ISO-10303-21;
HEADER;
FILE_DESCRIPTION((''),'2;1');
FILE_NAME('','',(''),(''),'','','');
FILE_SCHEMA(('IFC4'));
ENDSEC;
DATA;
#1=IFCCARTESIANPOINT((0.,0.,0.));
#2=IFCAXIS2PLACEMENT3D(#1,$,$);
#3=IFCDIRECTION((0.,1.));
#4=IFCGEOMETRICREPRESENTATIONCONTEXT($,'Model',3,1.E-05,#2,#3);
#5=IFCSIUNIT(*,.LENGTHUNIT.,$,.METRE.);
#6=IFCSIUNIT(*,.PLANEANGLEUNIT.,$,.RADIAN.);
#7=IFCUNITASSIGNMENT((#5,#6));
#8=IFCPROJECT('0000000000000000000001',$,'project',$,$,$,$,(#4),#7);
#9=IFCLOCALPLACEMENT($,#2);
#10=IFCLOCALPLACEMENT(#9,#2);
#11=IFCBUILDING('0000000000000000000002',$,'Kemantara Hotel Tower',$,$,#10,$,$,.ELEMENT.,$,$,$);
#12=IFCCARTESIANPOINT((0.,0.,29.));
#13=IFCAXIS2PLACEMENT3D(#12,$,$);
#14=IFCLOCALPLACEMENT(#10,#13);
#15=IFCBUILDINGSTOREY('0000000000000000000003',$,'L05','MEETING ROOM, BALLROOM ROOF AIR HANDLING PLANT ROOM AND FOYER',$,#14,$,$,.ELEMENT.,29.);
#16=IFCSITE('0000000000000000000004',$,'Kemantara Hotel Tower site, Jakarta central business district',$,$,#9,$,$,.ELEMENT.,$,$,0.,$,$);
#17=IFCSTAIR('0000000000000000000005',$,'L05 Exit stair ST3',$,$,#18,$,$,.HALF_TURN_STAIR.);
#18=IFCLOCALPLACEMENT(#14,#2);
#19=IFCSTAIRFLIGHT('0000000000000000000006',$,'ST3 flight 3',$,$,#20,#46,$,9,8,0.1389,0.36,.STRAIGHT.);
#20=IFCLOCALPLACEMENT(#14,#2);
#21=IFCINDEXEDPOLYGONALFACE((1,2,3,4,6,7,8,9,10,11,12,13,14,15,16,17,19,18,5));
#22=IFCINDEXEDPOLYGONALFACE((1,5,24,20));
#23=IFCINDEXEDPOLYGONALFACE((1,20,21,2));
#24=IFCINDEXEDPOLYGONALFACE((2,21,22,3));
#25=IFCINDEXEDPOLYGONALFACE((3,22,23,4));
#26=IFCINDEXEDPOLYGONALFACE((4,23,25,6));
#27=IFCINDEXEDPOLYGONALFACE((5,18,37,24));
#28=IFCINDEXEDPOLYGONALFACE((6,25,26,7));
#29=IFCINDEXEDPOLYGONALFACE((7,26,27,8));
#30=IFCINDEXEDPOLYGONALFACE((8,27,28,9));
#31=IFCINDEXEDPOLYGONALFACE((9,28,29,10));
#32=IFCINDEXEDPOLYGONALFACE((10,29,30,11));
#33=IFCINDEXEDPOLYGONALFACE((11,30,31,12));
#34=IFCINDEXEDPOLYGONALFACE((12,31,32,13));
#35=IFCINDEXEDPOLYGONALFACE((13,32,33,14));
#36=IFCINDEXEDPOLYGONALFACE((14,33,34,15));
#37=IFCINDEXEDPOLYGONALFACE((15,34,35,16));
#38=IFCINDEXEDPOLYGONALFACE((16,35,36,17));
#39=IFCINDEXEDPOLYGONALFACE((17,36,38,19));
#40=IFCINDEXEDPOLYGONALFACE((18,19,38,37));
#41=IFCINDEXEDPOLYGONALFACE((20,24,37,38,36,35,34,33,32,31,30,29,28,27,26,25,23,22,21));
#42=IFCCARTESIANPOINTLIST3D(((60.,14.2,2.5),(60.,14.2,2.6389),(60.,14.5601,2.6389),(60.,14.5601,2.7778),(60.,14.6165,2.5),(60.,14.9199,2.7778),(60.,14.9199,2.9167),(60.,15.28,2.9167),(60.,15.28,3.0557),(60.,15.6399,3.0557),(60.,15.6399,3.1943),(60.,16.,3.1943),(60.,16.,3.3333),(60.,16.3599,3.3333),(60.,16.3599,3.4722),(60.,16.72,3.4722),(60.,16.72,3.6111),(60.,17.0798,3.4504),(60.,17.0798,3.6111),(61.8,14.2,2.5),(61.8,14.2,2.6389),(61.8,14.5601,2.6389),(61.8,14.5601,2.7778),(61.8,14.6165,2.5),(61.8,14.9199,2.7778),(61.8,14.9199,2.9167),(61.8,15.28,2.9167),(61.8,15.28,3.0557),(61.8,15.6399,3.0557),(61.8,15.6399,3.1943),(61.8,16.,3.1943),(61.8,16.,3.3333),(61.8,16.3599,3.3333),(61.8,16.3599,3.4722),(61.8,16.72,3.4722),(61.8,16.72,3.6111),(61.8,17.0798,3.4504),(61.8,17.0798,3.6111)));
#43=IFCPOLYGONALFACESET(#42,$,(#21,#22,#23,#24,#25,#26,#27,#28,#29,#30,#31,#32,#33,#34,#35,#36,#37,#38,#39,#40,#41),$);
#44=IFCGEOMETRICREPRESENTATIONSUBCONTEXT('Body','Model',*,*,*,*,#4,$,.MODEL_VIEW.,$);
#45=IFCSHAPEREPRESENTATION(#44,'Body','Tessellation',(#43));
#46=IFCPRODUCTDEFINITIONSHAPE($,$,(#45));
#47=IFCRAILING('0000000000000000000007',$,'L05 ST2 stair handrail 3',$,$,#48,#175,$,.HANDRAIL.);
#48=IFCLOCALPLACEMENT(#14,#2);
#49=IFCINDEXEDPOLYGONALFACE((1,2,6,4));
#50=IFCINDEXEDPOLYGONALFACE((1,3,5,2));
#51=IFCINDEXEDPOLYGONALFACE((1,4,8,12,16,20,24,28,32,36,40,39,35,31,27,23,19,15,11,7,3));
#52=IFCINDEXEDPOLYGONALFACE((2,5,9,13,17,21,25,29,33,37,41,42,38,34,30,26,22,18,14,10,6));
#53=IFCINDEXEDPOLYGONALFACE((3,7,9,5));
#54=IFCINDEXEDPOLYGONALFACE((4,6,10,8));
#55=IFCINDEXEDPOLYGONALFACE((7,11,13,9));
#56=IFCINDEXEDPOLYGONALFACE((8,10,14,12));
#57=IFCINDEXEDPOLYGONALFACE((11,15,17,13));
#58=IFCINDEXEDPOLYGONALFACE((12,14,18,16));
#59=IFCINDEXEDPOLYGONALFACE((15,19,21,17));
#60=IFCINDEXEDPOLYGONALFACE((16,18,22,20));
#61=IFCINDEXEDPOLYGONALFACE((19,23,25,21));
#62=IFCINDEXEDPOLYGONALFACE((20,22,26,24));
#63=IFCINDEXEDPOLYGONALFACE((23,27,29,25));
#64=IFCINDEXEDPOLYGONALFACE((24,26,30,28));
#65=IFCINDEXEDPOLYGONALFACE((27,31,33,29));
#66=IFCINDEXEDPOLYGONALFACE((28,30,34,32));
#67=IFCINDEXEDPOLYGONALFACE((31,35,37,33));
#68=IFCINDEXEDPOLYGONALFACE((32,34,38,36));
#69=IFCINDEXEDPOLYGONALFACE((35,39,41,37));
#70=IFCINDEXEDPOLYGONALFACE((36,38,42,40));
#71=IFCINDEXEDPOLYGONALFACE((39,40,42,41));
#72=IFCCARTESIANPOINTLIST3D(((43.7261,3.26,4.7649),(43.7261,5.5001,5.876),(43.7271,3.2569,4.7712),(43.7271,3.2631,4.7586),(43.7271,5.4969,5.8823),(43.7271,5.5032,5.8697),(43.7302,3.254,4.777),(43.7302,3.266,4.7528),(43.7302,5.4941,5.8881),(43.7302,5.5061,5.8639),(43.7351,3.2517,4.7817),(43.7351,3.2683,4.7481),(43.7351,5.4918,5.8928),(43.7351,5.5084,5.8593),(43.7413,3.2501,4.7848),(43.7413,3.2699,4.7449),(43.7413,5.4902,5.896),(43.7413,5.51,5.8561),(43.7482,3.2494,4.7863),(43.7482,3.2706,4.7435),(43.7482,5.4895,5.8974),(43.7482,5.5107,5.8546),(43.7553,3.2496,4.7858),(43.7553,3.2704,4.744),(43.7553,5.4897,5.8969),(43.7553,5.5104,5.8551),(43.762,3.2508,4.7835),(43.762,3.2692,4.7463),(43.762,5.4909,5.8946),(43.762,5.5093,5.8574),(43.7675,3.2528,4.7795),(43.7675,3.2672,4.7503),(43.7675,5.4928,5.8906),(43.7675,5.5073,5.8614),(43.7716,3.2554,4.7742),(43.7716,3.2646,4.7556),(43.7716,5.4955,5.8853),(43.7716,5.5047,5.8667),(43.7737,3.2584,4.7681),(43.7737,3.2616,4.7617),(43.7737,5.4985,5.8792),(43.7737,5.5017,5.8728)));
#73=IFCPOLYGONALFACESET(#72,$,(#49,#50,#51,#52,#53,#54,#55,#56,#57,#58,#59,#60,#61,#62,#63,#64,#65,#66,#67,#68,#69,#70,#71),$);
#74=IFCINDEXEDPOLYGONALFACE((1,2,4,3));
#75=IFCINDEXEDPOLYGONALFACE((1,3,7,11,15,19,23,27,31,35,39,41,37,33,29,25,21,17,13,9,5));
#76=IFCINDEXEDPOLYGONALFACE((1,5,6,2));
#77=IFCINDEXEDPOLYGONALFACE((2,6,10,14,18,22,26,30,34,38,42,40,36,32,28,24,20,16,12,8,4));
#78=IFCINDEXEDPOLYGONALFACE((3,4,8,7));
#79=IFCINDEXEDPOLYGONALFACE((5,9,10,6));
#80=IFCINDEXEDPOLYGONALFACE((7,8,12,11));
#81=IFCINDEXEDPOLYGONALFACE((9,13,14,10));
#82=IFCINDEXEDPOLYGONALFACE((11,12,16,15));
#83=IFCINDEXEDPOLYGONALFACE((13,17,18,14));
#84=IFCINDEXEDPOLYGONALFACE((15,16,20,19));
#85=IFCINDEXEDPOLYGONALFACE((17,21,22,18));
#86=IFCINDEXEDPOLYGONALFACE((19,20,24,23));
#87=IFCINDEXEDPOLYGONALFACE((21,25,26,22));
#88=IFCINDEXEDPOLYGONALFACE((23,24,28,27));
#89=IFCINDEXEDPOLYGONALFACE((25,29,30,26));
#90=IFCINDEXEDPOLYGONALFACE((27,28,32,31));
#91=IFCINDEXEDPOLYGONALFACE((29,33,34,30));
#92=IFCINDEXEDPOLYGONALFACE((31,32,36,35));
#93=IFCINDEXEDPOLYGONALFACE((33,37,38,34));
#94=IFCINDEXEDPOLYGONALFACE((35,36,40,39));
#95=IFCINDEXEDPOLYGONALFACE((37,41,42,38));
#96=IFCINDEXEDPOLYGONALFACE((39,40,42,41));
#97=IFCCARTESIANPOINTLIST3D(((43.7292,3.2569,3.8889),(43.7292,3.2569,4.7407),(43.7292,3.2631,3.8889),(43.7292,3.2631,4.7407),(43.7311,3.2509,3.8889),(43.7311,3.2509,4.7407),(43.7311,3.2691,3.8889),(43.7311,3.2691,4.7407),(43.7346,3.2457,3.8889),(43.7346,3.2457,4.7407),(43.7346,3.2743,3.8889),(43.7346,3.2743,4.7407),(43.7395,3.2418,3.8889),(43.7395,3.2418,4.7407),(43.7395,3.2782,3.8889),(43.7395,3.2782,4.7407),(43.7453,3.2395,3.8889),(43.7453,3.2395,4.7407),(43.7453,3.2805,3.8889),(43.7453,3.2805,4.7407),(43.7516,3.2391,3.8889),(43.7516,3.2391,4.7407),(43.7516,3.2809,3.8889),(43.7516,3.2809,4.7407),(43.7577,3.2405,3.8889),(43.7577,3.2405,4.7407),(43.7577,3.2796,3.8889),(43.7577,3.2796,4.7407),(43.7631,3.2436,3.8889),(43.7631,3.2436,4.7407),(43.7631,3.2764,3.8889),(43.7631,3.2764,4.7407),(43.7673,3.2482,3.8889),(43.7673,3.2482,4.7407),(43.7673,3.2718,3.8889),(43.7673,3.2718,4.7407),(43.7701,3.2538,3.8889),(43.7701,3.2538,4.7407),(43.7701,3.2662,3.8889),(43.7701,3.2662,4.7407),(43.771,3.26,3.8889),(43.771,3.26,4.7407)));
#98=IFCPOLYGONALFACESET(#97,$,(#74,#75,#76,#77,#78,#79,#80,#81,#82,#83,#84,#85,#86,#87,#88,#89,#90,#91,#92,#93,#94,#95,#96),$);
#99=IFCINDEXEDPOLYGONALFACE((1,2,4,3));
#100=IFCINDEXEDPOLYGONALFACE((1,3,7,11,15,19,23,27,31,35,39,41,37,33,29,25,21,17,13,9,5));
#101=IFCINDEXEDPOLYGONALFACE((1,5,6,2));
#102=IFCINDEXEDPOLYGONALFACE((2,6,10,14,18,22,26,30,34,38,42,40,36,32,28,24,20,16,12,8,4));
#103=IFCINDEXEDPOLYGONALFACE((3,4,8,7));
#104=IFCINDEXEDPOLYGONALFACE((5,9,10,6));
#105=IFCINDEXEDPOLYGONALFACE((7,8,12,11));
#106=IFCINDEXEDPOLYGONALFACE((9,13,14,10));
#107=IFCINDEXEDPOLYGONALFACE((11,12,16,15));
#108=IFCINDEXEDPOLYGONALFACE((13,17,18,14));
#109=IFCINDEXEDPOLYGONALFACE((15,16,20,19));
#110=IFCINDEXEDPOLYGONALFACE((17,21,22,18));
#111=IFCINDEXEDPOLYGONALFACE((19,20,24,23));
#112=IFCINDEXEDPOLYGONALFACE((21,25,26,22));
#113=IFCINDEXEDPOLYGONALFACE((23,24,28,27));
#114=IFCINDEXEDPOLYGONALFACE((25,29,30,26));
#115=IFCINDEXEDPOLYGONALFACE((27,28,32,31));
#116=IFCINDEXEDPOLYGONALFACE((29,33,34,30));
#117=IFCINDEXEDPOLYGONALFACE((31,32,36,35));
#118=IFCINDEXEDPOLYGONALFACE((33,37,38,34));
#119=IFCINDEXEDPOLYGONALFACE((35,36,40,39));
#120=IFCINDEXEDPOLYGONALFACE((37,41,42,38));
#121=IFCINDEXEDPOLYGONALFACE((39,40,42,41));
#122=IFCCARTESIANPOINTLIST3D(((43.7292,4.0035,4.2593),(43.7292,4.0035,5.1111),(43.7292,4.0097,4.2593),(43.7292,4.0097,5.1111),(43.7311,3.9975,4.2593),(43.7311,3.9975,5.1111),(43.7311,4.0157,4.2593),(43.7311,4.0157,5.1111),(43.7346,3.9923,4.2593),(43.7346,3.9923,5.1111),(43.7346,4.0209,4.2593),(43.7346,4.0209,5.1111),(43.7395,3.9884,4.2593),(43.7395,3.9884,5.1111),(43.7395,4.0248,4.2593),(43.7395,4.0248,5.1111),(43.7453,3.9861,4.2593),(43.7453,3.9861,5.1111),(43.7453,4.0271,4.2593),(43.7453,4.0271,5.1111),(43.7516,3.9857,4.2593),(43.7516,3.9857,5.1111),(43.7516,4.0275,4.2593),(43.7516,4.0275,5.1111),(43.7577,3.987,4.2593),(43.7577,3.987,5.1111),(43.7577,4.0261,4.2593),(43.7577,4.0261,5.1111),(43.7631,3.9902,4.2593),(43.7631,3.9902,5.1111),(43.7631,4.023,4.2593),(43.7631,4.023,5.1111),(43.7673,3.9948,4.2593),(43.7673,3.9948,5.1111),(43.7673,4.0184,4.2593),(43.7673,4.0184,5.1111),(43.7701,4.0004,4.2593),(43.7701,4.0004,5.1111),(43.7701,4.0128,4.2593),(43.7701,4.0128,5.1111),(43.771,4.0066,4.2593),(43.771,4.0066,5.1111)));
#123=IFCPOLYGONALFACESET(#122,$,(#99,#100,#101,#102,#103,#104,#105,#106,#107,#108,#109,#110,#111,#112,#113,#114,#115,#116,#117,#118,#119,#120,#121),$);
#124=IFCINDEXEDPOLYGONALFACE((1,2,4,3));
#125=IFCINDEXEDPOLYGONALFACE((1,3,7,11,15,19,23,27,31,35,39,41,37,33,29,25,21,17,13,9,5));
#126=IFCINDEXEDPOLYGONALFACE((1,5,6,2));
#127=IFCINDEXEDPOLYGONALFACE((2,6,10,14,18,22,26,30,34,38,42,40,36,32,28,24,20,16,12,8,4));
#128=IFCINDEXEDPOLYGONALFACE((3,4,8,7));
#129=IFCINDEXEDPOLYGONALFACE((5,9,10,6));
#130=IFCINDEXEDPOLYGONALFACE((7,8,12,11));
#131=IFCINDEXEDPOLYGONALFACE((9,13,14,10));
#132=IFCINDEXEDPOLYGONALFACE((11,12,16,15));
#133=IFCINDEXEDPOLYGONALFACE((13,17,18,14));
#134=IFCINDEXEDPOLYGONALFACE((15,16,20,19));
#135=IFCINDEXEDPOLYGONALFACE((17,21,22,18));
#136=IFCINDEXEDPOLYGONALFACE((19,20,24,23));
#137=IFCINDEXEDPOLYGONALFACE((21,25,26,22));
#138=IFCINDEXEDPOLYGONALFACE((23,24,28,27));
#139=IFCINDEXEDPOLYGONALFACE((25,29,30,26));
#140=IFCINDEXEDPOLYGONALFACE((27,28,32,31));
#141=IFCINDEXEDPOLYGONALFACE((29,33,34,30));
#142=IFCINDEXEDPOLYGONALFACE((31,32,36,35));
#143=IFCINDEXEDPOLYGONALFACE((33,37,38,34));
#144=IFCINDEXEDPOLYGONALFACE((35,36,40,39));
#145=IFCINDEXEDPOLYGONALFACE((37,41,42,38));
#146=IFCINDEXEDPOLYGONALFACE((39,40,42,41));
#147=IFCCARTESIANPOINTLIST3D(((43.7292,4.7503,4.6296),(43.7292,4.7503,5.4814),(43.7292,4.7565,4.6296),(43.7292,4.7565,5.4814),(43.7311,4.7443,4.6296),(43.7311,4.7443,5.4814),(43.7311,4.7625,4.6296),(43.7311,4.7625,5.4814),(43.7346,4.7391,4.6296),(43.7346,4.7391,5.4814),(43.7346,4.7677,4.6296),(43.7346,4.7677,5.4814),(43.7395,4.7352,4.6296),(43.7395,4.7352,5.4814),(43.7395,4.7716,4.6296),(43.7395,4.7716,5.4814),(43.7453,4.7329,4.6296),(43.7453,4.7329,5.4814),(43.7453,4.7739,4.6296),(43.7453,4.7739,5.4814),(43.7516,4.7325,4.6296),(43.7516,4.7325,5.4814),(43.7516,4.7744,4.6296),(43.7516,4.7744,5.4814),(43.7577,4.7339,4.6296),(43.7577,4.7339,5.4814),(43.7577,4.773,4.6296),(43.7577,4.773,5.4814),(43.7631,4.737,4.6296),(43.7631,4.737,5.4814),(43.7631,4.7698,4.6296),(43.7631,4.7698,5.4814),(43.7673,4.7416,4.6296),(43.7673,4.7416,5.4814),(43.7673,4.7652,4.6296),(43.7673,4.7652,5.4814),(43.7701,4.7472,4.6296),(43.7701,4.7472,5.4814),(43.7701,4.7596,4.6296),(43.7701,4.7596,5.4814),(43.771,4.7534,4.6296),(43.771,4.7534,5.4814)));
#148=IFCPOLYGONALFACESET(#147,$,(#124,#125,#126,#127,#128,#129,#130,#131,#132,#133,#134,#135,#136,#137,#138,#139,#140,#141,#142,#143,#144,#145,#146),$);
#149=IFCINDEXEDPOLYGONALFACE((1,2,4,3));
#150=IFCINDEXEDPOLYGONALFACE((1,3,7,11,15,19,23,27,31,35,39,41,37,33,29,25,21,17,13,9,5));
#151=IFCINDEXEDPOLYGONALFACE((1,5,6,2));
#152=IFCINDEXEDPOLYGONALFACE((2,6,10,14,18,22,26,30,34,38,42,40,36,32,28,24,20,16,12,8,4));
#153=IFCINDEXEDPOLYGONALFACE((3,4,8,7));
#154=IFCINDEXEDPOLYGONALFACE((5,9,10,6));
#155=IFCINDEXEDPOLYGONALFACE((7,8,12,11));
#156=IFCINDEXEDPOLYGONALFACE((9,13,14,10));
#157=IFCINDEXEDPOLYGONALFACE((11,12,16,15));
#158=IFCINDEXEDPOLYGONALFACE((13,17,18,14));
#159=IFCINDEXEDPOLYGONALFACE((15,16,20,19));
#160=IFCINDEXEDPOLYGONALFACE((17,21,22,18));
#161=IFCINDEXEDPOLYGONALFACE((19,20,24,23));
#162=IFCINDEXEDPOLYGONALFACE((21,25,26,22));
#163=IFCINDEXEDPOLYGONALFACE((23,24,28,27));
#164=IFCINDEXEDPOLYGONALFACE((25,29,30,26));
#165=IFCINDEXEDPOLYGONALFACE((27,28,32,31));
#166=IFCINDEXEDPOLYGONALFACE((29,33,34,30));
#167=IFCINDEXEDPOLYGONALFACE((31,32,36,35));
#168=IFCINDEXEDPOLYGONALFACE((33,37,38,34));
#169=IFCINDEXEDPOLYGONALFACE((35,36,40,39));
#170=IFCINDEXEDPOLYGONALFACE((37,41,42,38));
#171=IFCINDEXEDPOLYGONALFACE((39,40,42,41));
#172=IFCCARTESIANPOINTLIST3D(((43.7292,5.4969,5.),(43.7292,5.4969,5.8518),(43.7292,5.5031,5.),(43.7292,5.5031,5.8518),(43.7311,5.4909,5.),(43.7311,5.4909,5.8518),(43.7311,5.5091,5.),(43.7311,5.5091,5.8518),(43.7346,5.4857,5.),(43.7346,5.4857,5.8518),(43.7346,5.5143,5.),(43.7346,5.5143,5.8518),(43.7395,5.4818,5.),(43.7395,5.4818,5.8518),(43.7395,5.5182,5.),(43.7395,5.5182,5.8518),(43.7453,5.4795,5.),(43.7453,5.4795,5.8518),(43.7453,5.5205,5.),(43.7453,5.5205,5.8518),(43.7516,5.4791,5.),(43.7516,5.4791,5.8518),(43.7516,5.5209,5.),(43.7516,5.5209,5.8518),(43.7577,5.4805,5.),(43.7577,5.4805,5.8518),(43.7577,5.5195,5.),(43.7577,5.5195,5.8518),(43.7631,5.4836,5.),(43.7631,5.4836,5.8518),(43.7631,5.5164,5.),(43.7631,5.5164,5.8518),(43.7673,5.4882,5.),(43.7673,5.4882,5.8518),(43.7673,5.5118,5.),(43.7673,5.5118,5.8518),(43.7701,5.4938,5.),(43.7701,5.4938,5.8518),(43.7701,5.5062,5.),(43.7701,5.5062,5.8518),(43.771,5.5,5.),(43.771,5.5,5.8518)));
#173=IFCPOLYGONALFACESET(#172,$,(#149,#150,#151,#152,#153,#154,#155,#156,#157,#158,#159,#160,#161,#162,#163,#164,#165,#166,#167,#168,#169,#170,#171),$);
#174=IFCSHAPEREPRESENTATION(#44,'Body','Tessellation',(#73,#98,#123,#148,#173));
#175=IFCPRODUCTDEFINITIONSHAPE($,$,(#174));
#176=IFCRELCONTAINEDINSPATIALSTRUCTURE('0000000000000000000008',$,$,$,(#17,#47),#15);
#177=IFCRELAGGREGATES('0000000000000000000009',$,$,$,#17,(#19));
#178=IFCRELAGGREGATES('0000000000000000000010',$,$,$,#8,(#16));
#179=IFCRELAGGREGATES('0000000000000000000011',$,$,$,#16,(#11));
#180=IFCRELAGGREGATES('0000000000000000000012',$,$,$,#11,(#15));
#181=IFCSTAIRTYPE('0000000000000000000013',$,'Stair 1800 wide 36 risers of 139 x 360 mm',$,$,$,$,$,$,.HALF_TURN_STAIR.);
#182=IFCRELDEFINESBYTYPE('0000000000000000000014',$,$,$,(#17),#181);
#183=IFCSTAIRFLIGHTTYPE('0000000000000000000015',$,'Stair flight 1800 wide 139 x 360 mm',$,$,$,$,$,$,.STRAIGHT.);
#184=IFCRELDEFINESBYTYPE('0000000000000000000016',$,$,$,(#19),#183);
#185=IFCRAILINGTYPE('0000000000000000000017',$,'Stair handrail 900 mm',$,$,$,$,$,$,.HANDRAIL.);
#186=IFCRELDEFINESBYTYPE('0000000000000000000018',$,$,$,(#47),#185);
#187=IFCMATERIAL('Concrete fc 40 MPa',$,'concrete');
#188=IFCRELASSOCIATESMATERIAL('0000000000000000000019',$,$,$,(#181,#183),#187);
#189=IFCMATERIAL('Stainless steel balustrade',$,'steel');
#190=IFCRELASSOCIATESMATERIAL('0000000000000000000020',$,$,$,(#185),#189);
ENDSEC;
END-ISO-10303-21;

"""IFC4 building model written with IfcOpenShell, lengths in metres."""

from ifc_helpers import new_model, si_unit, direction, frame, origin, origin_2d, place, context, subcontext, project, spatial, polyline, circle, outline, extrude, material, type_object, element, aggregate, save


model = new_model("IFC4")

# Units and contexts
model_context = context("Model", 3, precision=1e-05, world=origin(), true_north=direction((0.0, 1.0)))
body_context = subcontext(model_context, "Body", "Model", "MODEL_VIEW")
ifc_project = project(units=[si_unit("LENGTHUNIT", "METRE"), si_unit("PLANEANGLEUNIT", "RADIAN")], contexts=[model_context])

# Site, building, storey
site_placement = place(None, origin())
site = spatial("IfcSite", under=ifc_project, at=site_placement, Name="Kemantara Hotel Tower site, Jakarta central business district", CompositionType="ELEMENT", RefElevation=0.0)
building_placement = place(site_placement, origin())
building = spatial("IfcBuilding", under=site, at=building_placement, Name="Kemantara Hotel Tower", CompositionType="ELEMENT")
storey_placement = place(building_placement, frame((0.0, 0.0, 29.0)))
storey = spatial("IfcBuildingStorey", under=building, at=storey_placement, Name="L05", Description="MEETING ROOM, BALLROOM ROOF AIR HANDLING PLANT ROOM AND FOYER", CompositionType="ELEMENT", Elevation=29.0)

# Shared definitions
ifc_material_1 = material(Name="Concrete fc 40 MPa", Category="concrete")

# Stair, stair flight
stair_type_1 = type_object("IfcStairType", Name="Stair 1800 wide 36 risers of 139 x 360 mm", PredefinedType="HALF_TURN_STAIR", material=ifc_material_1)
stair_1_placement = place(storey_placement, origin())
stair_1 = element("IfcStair", 1, at=stair_1_placement, inside=storey, type_object=stair_type_1, Name="L05 Exit stair ST3", PredefinedType="HALF_TURN_STAIR")
stair_flight_type_1 = type_object("IfcStairFlightType", Name="Stair flight 1800 wide 139 x 360 mm", PredefinedType="STRAIGHT", material=ifc_material_1)
stair_flight_1_placement = place(storey_placement, frame((60.8999, 14.2, 2.5), z_axis=(0.0, 0.0, 1.0), x_axis=(0.0, 1.0, 0.0)))
stair_flight_1 = element("IfcStairFlight", 2, at=stair_flight_1_placement, type_object=stair_flight_type_1, Name="ST3 flight 3", NumberOfRisers=9, NumberOfTreads=8, PredefinedType="STRAIGHT", RiserHeight=0.1389, TreadLength=0.36, context=body_context, shape_type="SweptSolid", body=[
    extrude(outline(polyline([(0.0, 0.0), (0.0, 0.1389), (0.3601, 0.1389), (0.3601, 0.2778), (0.72, 0.2778), (0.72, 0.4167), (1.0801, 0.4167), (1.0801, 0.5557), (1.4399, 0.5557), (1.4399, 0.6943), (1.8, 0.6943), (1.8, 0.8333), (2.1599, 0.8333), (2.1599, 0.9722), (2.52, 0.9722), (2.52, 1.1111), (2.8799, 1.1111), (2.8799, 1.25), (2.8799, 0.9504), (0.4165, 0.0), (0.0, 0.0)])), frame((0.0, 0.8999, 0.0), z_axis=(0.0, -1.0, 0.0), x_axis=(1.0, 0.0, 0.0)), (0.0, 0.0, 1.0), 1.8),
])
aggregate(stair_1, [stair_flight_1])

# Railing
ifc_material_2 = material(Name="Stainless steel balustrade", Category="steel")
railing_type_1 = type_object("IfcRailingType", Name="Stair handrail 900 mm", PredefinedType="HANDRAIL", material=ifc_material_2)
railing_1_placement = place(storey_placement, frame((43.75, 3.26, 3.8889)))
element("IfcRailing", 3, at=railing_1_placement, inside=storey, type_object=railing_type_1, Name="L05 ST2 stair handrail 3", PredefinedType="HANDRAIL", context=body_context, shape_type="SweptSolid", body=[
    extrude(circle(Radius=0.0239, at=origin_2d()), frame((0.0, 0.0, 0.876), z_axis=(0.0, 0.895848, 0.44436), x_axis=(-1.0, 0.0, 0.0)), (0.0, 0.0, 1.0), 2.5005),
    extrude(circle(Radius=0.021, at=origin_2d()), origin(), (0.0, 0.0, 1.0), 0.8518),
    extrude(circle(Radius=0.021, at=origin_2d()), frame((0.0, 0.7466, 0.3704)), (0.0, 0.0, 1.0), 0.8518),
    extrude(circle(Radius=0.021, at=origin_2d()), frame((0.0, 1.4934, 0.7407)), (0.0, 0.0, 1.0), 0.8518),
    extrude(circle(Radius=0.021, at=origin_2d()), frame((0.0, 2.24, 1.1111)), (0.0, 0.0, 1.0), 0.8518),
])

save(model, "model.ifc")
